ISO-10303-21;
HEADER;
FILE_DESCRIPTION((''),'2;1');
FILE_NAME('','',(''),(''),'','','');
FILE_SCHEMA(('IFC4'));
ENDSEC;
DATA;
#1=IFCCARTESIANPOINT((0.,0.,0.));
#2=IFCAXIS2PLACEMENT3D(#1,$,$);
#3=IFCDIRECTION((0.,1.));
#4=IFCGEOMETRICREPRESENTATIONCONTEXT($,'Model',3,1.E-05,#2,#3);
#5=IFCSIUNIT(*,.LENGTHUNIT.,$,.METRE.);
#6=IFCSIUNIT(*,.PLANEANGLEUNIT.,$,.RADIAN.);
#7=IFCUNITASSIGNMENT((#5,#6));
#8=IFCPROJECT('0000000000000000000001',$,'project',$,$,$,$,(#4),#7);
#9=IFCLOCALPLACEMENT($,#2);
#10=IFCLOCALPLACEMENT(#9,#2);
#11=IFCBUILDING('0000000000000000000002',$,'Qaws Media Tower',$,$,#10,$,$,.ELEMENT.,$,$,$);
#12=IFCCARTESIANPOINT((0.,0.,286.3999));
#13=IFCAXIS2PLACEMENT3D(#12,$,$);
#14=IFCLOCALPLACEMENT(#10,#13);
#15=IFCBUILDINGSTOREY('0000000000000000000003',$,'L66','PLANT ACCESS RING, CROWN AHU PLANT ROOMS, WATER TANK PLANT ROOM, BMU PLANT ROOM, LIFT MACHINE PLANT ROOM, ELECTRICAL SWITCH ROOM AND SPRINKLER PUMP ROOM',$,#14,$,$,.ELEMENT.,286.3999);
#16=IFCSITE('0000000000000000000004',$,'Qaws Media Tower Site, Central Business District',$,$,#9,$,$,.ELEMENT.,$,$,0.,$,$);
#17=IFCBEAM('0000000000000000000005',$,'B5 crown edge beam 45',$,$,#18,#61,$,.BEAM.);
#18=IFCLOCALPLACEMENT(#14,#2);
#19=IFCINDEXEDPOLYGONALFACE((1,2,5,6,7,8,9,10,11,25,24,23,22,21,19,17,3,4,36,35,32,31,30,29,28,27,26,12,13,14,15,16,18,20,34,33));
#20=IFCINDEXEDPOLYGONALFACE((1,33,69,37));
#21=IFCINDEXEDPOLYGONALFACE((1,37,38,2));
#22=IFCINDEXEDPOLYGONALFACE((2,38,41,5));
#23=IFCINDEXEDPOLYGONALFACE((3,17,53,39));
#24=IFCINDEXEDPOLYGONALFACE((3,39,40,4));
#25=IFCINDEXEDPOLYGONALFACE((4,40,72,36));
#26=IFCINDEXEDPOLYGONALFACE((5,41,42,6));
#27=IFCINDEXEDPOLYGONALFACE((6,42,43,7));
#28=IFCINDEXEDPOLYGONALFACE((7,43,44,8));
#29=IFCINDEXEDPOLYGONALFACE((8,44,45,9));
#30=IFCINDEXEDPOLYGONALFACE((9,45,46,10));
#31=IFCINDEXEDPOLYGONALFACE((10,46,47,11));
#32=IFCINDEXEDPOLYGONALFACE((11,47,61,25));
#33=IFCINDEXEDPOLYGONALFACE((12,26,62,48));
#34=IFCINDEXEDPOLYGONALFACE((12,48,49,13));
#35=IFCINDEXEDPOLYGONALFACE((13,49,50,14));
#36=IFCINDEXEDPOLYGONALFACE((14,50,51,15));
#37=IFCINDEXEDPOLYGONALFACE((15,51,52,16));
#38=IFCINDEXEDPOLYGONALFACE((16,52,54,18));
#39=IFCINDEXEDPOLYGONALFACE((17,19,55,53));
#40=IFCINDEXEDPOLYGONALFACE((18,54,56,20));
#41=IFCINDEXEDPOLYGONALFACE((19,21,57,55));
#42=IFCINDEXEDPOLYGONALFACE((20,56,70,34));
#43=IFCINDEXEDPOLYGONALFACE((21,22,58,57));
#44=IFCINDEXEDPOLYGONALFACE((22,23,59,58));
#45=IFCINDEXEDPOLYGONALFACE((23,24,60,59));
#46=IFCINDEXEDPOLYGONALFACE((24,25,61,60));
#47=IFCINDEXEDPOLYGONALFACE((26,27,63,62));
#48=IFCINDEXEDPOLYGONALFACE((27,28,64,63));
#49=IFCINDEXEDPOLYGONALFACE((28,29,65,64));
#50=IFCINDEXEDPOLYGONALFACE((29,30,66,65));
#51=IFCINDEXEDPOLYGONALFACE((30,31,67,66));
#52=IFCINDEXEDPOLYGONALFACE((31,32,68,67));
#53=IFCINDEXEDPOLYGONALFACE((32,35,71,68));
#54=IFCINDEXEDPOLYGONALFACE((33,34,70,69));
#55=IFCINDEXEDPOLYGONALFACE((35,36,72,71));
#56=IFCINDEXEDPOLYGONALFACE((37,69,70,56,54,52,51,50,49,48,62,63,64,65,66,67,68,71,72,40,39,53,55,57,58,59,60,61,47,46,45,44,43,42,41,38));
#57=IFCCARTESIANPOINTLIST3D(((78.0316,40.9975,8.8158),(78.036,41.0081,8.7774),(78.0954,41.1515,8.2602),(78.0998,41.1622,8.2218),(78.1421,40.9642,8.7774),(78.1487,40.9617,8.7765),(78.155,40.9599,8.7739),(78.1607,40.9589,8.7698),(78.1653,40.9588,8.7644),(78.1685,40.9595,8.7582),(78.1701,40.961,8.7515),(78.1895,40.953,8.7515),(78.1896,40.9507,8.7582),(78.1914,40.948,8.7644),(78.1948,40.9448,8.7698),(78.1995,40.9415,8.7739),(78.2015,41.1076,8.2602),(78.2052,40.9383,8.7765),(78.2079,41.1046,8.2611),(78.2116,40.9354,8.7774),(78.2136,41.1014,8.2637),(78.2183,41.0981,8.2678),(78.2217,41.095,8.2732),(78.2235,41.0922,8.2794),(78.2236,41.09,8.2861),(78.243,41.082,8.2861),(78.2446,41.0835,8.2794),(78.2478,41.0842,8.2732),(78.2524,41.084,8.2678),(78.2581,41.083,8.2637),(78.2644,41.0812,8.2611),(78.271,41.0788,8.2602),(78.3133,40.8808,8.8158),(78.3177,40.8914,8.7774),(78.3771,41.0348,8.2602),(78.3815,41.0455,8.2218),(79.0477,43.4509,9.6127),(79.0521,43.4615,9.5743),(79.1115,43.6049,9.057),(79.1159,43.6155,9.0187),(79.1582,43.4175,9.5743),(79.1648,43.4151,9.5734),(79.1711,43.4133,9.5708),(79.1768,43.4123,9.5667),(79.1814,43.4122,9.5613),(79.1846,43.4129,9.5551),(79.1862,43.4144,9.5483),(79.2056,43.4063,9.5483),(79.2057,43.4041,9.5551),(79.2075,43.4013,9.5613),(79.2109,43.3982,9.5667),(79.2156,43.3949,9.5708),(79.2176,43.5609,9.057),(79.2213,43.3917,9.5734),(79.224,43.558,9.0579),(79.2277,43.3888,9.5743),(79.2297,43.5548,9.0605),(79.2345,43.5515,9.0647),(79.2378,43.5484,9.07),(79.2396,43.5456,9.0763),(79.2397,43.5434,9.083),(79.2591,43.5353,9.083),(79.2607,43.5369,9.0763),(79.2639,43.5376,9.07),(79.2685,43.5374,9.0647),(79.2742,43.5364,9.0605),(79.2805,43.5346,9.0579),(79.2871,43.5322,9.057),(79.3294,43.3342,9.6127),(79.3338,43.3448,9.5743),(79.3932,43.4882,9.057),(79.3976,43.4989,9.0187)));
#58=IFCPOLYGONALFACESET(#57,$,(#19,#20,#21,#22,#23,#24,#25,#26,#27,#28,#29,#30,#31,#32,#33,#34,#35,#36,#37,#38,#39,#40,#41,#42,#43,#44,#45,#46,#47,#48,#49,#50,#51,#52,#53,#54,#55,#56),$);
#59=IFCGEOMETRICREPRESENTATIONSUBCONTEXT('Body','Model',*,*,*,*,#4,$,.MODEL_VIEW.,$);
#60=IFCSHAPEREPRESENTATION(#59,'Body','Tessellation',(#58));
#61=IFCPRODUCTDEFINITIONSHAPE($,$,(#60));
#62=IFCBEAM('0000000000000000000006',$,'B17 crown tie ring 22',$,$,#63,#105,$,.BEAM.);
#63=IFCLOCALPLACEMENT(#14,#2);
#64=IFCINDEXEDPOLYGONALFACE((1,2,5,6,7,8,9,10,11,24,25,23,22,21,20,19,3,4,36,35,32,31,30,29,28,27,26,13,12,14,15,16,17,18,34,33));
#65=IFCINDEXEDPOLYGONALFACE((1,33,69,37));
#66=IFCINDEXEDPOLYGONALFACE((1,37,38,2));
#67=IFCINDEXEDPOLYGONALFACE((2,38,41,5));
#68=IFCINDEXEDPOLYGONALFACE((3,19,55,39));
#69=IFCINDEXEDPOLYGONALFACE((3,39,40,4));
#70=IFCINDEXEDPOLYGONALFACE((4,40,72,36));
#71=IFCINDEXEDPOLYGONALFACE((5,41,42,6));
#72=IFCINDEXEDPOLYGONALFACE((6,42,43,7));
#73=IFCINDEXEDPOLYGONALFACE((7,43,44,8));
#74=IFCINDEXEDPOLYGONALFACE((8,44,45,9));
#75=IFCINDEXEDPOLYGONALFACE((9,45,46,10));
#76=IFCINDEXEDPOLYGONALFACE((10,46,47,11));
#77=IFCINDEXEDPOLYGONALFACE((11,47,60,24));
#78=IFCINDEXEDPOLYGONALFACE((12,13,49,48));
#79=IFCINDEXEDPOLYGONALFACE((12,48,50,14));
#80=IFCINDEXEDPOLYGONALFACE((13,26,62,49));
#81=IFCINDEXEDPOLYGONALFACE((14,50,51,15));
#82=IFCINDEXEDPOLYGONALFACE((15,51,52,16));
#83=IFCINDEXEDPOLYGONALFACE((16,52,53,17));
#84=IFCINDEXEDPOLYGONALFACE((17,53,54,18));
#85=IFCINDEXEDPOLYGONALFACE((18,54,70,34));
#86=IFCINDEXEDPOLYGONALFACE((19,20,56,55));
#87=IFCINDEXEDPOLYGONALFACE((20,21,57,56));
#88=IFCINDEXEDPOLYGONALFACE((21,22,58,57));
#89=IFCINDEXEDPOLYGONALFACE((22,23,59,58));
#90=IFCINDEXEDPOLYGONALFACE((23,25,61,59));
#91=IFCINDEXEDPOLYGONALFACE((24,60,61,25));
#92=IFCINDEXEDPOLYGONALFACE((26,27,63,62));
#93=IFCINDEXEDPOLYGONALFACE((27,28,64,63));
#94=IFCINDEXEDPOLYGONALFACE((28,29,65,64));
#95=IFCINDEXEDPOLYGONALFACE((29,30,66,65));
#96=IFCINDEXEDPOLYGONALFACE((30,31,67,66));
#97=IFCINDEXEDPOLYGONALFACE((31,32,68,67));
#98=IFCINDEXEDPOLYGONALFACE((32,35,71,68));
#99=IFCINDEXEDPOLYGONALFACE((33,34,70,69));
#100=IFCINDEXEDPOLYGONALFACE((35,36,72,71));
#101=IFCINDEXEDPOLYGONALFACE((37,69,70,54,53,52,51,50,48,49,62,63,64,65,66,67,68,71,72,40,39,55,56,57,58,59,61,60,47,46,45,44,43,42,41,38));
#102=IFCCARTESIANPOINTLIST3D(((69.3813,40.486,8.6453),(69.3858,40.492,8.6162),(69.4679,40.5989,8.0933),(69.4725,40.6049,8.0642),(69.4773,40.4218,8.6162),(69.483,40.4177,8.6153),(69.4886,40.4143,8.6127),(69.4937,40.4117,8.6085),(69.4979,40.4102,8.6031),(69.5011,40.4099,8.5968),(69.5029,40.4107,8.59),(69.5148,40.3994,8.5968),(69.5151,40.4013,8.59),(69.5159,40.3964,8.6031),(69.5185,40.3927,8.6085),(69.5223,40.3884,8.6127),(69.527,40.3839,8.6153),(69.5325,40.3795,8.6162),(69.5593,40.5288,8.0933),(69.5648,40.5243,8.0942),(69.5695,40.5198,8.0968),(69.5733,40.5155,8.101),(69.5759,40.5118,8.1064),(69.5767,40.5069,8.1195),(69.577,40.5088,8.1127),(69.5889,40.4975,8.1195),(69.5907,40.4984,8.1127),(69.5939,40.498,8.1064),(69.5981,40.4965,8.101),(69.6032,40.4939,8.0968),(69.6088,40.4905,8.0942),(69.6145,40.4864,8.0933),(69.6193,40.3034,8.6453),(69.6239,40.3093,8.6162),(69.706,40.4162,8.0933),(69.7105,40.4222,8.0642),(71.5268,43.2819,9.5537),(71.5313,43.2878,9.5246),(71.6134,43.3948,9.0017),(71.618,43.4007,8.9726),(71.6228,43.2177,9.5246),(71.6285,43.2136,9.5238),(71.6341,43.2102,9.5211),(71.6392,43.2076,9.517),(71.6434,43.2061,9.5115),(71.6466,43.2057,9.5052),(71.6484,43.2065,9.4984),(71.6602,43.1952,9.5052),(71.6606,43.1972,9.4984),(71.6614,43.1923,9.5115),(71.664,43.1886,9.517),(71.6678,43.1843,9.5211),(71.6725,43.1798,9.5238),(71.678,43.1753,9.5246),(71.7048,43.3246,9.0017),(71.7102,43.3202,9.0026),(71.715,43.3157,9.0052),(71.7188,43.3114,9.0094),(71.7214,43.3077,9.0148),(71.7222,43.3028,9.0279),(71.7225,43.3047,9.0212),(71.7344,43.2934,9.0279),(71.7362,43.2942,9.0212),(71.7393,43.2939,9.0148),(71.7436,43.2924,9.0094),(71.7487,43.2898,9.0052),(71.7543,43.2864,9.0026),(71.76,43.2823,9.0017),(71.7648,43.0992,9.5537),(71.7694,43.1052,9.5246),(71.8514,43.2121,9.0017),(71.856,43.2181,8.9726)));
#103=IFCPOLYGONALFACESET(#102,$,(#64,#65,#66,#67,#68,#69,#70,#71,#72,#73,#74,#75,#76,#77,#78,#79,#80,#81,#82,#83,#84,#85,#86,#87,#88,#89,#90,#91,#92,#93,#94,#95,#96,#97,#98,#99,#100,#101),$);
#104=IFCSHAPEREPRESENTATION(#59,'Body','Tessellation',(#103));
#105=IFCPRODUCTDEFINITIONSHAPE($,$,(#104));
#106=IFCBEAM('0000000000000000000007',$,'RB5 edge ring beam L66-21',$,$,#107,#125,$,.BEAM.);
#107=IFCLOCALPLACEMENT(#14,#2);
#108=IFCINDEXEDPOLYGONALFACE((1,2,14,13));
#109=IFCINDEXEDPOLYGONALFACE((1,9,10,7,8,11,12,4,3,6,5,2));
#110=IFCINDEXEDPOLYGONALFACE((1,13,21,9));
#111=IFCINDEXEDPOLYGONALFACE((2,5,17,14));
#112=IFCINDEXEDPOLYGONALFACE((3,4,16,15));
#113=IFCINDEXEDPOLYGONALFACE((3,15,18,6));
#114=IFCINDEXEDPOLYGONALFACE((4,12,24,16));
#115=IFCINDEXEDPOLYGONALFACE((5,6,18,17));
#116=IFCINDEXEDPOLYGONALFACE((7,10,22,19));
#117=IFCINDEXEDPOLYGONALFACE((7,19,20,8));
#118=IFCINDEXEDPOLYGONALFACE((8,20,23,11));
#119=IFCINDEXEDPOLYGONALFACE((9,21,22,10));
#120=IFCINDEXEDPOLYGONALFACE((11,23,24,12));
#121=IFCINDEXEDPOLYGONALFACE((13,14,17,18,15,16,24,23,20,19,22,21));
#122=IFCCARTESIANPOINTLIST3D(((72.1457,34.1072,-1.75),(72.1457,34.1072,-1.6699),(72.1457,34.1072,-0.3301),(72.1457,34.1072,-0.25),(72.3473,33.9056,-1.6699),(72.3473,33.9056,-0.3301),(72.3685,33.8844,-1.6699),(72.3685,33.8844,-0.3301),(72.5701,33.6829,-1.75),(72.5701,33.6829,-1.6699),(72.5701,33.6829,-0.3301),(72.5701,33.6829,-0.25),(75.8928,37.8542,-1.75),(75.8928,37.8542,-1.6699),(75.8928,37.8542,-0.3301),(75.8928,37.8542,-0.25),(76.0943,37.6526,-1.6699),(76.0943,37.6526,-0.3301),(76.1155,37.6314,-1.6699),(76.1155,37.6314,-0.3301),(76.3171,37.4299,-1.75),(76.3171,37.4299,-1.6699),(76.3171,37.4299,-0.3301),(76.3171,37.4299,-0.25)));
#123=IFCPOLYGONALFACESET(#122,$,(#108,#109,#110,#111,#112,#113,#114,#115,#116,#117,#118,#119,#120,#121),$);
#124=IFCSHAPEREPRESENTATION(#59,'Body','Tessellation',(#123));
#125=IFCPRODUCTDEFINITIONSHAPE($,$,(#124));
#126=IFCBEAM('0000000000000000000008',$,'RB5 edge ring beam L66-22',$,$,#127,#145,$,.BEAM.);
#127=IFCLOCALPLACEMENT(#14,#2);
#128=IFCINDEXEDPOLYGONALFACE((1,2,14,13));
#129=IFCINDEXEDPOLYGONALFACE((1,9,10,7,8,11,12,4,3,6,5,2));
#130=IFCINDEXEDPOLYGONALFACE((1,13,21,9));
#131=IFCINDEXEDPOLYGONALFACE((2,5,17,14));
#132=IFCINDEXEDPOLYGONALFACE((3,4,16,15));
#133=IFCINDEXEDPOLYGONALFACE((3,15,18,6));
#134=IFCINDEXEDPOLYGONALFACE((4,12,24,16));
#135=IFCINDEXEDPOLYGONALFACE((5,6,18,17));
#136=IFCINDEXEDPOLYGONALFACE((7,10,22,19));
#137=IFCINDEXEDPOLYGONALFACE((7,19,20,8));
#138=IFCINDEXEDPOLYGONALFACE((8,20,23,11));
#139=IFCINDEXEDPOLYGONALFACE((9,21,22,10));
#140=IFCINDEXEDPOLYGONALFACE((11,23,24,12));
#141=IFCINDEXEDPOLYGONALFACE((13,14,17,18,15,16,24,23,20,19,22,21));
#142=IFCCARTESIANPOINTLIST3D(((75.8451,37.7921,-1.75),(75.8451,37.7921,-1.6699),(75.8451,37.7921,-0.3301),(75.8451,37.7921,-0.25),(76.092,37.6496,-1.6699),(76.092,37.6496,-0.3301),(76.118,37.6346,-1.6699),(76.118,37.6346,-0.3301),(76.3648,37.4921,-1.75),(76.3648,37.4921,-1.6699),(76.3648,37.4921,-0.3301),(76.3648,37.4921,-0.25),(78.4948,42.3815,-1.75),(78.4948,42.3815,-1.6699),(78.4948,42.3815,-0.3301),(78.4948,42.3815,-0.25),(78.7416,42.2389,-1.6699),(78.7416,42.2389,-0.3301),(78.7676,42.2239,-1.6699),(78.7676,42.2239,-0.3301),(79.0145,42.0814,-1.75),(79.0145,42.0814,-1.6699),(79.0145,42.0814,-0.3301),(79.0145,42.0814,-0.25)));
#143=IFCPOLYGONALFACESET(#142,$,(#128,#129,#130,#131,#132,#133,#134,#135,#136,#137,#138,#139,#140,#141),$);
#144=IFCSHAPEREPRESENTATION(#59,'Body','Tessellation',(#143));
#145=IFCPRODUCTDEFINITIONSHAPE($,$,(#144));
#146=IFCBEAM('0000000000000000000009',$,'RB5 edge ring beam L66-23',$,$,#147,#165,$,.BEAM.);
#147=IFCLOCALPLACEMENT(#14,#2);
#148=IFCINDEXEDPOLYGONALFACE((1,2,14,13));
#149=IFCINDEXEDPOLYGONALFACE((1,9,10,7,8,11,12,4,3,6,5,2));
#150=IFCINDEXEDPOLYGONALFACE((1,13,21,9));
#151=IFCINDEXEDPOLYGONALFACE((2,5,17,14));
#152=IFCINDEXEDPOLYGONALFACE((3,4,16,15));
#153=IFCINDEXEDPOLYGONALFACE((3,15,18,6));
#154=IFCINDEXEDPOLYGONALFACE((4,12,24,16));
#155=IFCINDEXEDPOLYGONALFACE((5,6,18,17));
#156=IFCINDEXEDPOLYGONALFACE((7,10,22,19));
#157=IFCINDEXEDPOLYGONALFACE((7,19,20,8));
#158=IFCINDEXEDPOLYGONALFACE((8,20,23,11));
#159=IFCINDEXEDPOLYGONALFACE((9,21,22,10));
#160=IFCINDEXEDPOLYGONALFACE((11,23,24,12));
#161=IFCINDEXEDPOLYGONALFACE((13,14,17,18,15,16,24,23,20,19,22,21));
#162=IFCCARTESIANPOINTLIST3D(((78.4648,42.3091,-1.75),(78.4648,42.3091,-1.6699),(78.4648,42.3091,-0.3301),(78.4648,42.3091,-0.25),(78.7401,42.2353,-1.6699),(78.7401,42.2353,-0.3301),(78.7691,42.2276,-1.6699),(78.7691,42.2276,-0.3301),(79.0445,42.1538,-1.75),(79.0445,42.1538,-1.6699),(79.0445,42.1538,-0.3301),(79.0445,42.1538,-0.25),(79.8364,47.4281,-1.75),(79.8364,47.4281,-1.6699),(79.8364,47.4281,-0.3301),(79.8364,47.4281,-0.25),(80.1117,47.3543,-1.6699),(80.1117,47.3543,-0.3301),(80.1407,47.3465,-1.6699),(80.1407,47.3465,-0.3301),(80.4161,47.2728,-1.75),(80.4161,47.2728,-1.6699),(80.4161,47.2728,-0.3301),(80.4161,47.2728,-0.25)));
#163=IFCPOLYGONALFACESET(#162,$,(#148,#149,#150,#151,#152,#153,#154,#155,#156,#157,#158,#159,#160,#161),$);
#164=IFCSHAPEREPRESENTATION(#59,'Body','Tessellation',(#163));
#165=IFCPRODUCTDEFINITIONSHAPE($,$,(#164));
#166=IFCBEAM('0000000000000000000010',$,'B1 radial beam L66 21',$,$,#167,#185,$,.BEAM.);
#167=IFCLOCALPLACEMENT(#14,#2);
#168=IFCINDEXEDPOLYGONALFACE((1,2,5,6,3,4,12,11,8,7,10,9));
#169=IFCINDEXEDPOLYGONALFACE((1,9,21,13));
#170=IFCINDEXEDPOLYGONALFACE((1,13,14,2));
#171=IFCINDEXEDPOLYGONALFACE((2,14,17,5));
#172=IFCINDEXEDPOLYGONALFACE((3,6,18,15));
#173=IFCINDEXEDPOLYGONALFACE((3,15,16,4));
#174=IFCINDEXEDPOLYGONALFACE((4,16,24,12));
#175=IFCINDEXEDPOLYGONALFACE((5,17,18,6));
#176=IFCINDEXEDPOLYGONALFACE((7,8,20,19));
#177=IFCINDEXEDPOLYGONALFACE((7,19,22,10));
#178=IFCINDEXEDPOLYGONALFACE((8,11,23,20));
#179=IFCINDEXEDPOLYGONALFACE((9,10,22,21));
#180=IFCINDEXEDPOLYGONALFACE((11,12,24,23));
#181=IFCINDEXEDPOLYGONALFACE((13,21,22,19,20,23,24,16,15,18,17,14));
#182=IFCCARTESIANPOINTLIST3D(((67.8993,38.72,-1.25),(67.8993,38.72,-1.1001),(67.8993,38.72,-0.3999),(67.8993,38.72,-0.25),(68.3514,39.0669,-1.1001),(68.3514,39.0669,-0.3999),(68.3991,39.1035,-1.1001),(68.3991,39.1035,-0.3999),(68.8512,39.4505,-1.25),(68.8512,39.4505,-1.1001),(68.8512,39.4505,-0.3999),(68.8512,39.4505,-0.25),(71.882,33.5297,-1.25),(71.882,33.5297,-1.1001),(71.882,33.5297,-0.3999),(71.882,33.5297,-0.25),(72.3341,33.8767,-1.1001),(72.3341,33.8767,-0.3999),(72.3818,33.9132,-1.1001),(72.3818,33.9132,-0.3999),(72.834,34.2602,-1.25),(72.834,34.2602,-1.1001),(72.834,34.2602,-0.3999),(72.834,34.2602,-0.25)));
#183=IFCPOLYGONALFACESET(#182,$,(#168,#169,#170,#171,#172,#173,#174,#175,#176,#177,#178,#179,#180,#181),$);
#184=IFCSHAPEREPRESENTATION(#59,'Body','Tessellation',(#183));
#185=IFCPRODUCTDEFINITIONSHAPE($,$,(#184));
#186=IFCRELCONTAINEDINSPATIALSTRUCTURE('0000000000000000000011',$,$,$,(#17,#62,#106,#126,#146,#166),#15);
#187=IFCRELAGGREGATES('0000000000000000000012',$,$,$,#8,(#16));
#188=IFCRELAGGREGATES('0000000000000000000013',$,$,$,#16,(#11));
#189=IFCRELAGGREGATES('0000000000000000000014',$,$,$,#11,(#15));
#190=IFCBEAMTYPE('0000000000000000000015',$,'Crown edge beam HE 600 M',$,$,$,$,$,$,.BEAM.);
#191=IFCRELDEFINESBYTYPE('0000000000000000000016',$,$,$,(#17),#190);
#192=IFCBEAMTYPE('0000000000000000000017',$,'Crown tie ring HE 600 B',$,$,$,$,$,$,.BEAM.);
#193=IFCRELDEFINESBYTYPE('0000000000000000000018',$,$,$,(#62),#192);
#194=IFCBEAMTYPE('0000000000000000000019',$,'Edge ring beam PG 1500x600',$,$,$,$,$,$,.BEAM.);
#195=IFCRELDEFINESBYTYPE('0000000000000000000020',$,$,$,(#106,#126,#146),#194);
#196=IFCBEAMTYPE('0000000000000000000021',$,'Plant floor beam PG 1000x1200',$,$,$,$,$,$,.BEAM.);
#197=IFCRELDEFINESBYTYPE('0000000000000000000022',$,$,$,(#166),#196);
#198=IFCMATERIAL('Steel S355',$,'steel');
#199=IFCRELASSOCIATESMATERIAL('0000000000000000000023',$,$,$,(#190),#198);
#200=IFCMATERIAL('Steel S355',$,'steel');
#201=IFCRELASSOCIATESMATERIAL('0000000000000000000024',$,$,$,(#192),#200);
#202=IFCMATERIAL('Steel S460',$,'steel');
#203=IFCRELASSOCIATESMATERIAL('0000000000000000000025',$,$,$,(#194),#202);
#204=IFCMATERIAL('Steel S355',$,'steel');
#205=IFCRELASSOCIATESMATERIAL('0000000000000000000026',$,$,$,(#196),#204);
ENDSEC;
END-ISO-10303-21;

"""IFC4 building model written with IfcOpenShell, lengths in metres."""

from ifc_helpers import new_model, si_unit, direction, frame, origin, origin_2d, place, context, subcontext, project, spatial, i_section, extrude, material, material_profile, profile_set, type_object, element, save


model = new_model("IFC4")

# Units and contexts
model_context = context("Model", 3, precision=1e-05, world=origin(), true_north=direction((0.0, 1.0)))
body_context = subcontext(model_context, "Body", "Model", "MODEL_VIEW")
ifc_project = project(units=[si_unit("LENGTHUNIT", "METRE"), si_unit("PLANEANGLEUNIT", "RADIAN")], contexts=[model_context])

# Site, building, storey
site_placement = place(None, origin())
site = spatial("IfcSite", under=ifc_project, at=site_placement, Name="Qaws Media Tower Site, Central Business District", CompositionType="ELEMENT", RefElevation=0.0)
building_placement = place(site_placement, origin())
building = spatial("IfcBuilding", under=site, at=building_placement, Name="Qaws Media Tower", CompositionType="ELEMENT")
storey_placement = place(building_placement, frame((0.0, 0.0, 286.3999)))
storey = spatial("IfcBuildingStorey", under=building, at=storey_placement, Name="L66", Description="PLANT ACCESS RING, CROWN AHU PLANT ROOMS, WATER TANK PLANT ROOM, BMU PLANT ROOM, LIFT MACHINE PLANT ROOM, ELECTRICAL SWITCH ROOM AND SPRINKLER PUMP ROOM", CompositionType="ELEMENT", Elevation=286.3999)

# Beams
ifc_material_1 = material(Name="Steel S355", Category="steel")
ifc_material_profile_1 = material_profile(ifc_material_1, i_section(OverallWidth=0.3049, OverallDepth=0.6201, WebThickness=0.021, FlangeThickness=0.04, FilletRadius=0.0271, at=origin_2d()), Name="HE 600 M")
ifc_profile_set_1 = profile_set([ifc_material_profile_1], Name="Steel S355")
beam_type_1 = type_object("IfcBeamType", Name="Crown edge beam HE 600 M", PredefinedType="BEAM", material=ifc_profile_set_1)
beam_1_placement = place(storey_placement, frame((78.2065, 41.0215, 8.5188), z_axis=(0.366503, 0.884908, 0.287426), x_axis=(-0.923894, 0.38265, 0.0)))
element("IfcBeam", 1, at=beam_1_placement, inside=storey, type_object=beam_type_1, Name="B5 crown edge beam 45", PredefinedType="BEAM", context=body_context, shape_type="SweptSolid", body=[
    extrude(i_section(OverallWidth=0.3049, OverallDepth=0.6201, WebThickness=0.021, FlangeThickness=0.04, FilletRadius=0.0271, at=origin_2d()), origin(), (0.0, 0.0, 1.0), 2.7725),
])
ifc_material_2 = material(Name="Steel S355", Category="steel")
ifc_material_profile_2 = material_profile(ifc_material_2, i_section(OverallWidth=0.3, OverallDepth=0.6001, WebThickness=0.0154, FlangeThickness=0.03, FilletRadius=0.0271, at=origin_2d()), Name="HE 600 B")
ifc_profile_set_2 = profile_set([ifc_material_profile_2], Name="Steel S355")
beam_type_2 = type_object("IfcBeamType", Name="Crown tie ring HE 600 B", PredefinedType="BEAM", material=ifc_profile_set_2)
beam_2_placement = place(storey_placement, frame((69.5459, 40.4541, 8.3547), z_axis=(0.589516, 0.768222, 0.249612), x_axis=(-0.793334, 0.608786, 0.0)))
element("IfcBeam", 2, at=beam_2_placement, inside=storey, type_object=beam_type_2, Name="B17 crown tie ring 22", PredefinedType="BEAM", context=body_context, shape_type="SweptSolid", body=[
    extrude(i_section(OverallWidth=0.3, OverallDepth=0.6001, WebThickness=0.0154, FlangeThickness=0.03, FilletRadius=0.0271, at=origin_2d()), origin(), (0.0, 0.0, 1.0), 3.6394),
])
ifc_material_3 = material(Name="Steel S460", Category="steel")
ifc_material_profile_3 = material_profile(ifc_material_3, i_section(OverallWidth=0.6001, OverallDepth=1.5, WebThickness=0.03, FlangeThickness=0.0801, at=origin_2d()), Name="PG 1500x600")
ifc_profile_set_3 = profile_set([ifc_material_profile_3], Name="Steel S460")
beam_type_3 = type_object("IfcBeamType", Name="Edge ring beam PG 1500x600", PredefinedType="BEAM", material=ifc_profile_set_3)
beam_3_placement = place(storey_placement, frame((72.3579, 33.895, -1.0), z_axis=(0.707107, 0.707107, 0.0), x_axis=(-0.707107, 0.707107, 0.0)))
element("IfcBeam", 3, at=beam_3_placement, inside=storey, type_object=beam_type_3, Name="RB5 edge ring beam L66-21", PredefinedType="BEAM", context=body_context, shape_type="SweptSolid", body=[
    extrude(i_section(OverallWidth=0.6001, OverallDepth=1.5, WebThickness=0.03, FlangeThickness=0.0801, at=origin_2d()), origin(), (0.0, 0.0, 1.0), 5.2991),
])
beam_4_placement = place(storey_placement, frame((76.105, 37.6421, -1.0), z_axis=(0.499999, 0.866026, 0.0), x_axis=(-0.866026, 0.499999, 0.0)))
element("IfcBeam", 4, at=beam_4_placement, inside=storey, type_object=beam_type_3, Name="RB5 edge ring beam L66-22", PredefinedType="BEAM", context=body_context, shape_type="SweptSolid", body=[
    extrude(i_section(OverallWidth=0.6001, OverallDepth=1.5, WebThickness=0.03, FlangeThickness=0.0801, at=origin_2d()), origin(), (0.0, 0.0, 1.0), 5.2993),
])
beam_5_placement = place(storey_placement, frame((78.7546, 42.2314, -1.0), z_axis=(0.258815, 0.965927, 0.0), x_axis=(-0.965927, 0.258815, 0.0)))
element("IfcBeam", 5, at=beam_5_placement, inside=storey, type_object=beam_type_3, Name="RB5 edge ring beam L66-23", PredefinedType="BEAM", context=body_context, shape_type="SweptSolid", body=[
    extrude(i_section(OverallWidth=0.6001, OverallDepth=1.5, WebThickness=0.03, FlangeThickness=0.0801, at=origin_2d()), origin(), (0.0, 0.0, 1.0), 5.2996),
])
ifc_material_4 = material(Name="Steel S355", Category="steel")
ifc_material_profile_4 = material_profile(ifc_material_4, i_section(OverallWidth=1.2, OverallDepth=1.0, WebThickness=0.0601, FlangeThickness=0.1499, at=origin_2d()), Name="PG 1000x1200")
ifc_profile_set_4 = profile_set([ifc_material_profile_4], Name="Steel S355")
beam_type_4 = type_object("IfcBeamType", Name="Plant floor beam PG 1000x1200", PredefinedType="BEAM", material=ifc_profile_set_4)
for number, where, z_axis, x_axis, name in (
    (6, (68.3752, 39.0852, -0.75), (0.608771, -0.793346, 0.0), (0.793346, 0.608771, 0.0), "B1 radial beam L66 21"),
):
    element("IfcBeam", number, at=place(storey_placement, frame(where, z_axis=z_axis, x_axis=x_axis)), inside=storey, type_object=beam_type_4, Name=name, PredefinedType="BEAM", context=body_context, shape_type="SweptSolid", body=[
        extrude(i_section(OverallWidth=1.2, OverallDepth=1.0, WebThickness=0.0601, FlangeThickness=0.1499, at=origin_2d()), origin(), (0.0, 0.0, 1.0), 6.5422),
    ])

save(model, "model.ifc")
